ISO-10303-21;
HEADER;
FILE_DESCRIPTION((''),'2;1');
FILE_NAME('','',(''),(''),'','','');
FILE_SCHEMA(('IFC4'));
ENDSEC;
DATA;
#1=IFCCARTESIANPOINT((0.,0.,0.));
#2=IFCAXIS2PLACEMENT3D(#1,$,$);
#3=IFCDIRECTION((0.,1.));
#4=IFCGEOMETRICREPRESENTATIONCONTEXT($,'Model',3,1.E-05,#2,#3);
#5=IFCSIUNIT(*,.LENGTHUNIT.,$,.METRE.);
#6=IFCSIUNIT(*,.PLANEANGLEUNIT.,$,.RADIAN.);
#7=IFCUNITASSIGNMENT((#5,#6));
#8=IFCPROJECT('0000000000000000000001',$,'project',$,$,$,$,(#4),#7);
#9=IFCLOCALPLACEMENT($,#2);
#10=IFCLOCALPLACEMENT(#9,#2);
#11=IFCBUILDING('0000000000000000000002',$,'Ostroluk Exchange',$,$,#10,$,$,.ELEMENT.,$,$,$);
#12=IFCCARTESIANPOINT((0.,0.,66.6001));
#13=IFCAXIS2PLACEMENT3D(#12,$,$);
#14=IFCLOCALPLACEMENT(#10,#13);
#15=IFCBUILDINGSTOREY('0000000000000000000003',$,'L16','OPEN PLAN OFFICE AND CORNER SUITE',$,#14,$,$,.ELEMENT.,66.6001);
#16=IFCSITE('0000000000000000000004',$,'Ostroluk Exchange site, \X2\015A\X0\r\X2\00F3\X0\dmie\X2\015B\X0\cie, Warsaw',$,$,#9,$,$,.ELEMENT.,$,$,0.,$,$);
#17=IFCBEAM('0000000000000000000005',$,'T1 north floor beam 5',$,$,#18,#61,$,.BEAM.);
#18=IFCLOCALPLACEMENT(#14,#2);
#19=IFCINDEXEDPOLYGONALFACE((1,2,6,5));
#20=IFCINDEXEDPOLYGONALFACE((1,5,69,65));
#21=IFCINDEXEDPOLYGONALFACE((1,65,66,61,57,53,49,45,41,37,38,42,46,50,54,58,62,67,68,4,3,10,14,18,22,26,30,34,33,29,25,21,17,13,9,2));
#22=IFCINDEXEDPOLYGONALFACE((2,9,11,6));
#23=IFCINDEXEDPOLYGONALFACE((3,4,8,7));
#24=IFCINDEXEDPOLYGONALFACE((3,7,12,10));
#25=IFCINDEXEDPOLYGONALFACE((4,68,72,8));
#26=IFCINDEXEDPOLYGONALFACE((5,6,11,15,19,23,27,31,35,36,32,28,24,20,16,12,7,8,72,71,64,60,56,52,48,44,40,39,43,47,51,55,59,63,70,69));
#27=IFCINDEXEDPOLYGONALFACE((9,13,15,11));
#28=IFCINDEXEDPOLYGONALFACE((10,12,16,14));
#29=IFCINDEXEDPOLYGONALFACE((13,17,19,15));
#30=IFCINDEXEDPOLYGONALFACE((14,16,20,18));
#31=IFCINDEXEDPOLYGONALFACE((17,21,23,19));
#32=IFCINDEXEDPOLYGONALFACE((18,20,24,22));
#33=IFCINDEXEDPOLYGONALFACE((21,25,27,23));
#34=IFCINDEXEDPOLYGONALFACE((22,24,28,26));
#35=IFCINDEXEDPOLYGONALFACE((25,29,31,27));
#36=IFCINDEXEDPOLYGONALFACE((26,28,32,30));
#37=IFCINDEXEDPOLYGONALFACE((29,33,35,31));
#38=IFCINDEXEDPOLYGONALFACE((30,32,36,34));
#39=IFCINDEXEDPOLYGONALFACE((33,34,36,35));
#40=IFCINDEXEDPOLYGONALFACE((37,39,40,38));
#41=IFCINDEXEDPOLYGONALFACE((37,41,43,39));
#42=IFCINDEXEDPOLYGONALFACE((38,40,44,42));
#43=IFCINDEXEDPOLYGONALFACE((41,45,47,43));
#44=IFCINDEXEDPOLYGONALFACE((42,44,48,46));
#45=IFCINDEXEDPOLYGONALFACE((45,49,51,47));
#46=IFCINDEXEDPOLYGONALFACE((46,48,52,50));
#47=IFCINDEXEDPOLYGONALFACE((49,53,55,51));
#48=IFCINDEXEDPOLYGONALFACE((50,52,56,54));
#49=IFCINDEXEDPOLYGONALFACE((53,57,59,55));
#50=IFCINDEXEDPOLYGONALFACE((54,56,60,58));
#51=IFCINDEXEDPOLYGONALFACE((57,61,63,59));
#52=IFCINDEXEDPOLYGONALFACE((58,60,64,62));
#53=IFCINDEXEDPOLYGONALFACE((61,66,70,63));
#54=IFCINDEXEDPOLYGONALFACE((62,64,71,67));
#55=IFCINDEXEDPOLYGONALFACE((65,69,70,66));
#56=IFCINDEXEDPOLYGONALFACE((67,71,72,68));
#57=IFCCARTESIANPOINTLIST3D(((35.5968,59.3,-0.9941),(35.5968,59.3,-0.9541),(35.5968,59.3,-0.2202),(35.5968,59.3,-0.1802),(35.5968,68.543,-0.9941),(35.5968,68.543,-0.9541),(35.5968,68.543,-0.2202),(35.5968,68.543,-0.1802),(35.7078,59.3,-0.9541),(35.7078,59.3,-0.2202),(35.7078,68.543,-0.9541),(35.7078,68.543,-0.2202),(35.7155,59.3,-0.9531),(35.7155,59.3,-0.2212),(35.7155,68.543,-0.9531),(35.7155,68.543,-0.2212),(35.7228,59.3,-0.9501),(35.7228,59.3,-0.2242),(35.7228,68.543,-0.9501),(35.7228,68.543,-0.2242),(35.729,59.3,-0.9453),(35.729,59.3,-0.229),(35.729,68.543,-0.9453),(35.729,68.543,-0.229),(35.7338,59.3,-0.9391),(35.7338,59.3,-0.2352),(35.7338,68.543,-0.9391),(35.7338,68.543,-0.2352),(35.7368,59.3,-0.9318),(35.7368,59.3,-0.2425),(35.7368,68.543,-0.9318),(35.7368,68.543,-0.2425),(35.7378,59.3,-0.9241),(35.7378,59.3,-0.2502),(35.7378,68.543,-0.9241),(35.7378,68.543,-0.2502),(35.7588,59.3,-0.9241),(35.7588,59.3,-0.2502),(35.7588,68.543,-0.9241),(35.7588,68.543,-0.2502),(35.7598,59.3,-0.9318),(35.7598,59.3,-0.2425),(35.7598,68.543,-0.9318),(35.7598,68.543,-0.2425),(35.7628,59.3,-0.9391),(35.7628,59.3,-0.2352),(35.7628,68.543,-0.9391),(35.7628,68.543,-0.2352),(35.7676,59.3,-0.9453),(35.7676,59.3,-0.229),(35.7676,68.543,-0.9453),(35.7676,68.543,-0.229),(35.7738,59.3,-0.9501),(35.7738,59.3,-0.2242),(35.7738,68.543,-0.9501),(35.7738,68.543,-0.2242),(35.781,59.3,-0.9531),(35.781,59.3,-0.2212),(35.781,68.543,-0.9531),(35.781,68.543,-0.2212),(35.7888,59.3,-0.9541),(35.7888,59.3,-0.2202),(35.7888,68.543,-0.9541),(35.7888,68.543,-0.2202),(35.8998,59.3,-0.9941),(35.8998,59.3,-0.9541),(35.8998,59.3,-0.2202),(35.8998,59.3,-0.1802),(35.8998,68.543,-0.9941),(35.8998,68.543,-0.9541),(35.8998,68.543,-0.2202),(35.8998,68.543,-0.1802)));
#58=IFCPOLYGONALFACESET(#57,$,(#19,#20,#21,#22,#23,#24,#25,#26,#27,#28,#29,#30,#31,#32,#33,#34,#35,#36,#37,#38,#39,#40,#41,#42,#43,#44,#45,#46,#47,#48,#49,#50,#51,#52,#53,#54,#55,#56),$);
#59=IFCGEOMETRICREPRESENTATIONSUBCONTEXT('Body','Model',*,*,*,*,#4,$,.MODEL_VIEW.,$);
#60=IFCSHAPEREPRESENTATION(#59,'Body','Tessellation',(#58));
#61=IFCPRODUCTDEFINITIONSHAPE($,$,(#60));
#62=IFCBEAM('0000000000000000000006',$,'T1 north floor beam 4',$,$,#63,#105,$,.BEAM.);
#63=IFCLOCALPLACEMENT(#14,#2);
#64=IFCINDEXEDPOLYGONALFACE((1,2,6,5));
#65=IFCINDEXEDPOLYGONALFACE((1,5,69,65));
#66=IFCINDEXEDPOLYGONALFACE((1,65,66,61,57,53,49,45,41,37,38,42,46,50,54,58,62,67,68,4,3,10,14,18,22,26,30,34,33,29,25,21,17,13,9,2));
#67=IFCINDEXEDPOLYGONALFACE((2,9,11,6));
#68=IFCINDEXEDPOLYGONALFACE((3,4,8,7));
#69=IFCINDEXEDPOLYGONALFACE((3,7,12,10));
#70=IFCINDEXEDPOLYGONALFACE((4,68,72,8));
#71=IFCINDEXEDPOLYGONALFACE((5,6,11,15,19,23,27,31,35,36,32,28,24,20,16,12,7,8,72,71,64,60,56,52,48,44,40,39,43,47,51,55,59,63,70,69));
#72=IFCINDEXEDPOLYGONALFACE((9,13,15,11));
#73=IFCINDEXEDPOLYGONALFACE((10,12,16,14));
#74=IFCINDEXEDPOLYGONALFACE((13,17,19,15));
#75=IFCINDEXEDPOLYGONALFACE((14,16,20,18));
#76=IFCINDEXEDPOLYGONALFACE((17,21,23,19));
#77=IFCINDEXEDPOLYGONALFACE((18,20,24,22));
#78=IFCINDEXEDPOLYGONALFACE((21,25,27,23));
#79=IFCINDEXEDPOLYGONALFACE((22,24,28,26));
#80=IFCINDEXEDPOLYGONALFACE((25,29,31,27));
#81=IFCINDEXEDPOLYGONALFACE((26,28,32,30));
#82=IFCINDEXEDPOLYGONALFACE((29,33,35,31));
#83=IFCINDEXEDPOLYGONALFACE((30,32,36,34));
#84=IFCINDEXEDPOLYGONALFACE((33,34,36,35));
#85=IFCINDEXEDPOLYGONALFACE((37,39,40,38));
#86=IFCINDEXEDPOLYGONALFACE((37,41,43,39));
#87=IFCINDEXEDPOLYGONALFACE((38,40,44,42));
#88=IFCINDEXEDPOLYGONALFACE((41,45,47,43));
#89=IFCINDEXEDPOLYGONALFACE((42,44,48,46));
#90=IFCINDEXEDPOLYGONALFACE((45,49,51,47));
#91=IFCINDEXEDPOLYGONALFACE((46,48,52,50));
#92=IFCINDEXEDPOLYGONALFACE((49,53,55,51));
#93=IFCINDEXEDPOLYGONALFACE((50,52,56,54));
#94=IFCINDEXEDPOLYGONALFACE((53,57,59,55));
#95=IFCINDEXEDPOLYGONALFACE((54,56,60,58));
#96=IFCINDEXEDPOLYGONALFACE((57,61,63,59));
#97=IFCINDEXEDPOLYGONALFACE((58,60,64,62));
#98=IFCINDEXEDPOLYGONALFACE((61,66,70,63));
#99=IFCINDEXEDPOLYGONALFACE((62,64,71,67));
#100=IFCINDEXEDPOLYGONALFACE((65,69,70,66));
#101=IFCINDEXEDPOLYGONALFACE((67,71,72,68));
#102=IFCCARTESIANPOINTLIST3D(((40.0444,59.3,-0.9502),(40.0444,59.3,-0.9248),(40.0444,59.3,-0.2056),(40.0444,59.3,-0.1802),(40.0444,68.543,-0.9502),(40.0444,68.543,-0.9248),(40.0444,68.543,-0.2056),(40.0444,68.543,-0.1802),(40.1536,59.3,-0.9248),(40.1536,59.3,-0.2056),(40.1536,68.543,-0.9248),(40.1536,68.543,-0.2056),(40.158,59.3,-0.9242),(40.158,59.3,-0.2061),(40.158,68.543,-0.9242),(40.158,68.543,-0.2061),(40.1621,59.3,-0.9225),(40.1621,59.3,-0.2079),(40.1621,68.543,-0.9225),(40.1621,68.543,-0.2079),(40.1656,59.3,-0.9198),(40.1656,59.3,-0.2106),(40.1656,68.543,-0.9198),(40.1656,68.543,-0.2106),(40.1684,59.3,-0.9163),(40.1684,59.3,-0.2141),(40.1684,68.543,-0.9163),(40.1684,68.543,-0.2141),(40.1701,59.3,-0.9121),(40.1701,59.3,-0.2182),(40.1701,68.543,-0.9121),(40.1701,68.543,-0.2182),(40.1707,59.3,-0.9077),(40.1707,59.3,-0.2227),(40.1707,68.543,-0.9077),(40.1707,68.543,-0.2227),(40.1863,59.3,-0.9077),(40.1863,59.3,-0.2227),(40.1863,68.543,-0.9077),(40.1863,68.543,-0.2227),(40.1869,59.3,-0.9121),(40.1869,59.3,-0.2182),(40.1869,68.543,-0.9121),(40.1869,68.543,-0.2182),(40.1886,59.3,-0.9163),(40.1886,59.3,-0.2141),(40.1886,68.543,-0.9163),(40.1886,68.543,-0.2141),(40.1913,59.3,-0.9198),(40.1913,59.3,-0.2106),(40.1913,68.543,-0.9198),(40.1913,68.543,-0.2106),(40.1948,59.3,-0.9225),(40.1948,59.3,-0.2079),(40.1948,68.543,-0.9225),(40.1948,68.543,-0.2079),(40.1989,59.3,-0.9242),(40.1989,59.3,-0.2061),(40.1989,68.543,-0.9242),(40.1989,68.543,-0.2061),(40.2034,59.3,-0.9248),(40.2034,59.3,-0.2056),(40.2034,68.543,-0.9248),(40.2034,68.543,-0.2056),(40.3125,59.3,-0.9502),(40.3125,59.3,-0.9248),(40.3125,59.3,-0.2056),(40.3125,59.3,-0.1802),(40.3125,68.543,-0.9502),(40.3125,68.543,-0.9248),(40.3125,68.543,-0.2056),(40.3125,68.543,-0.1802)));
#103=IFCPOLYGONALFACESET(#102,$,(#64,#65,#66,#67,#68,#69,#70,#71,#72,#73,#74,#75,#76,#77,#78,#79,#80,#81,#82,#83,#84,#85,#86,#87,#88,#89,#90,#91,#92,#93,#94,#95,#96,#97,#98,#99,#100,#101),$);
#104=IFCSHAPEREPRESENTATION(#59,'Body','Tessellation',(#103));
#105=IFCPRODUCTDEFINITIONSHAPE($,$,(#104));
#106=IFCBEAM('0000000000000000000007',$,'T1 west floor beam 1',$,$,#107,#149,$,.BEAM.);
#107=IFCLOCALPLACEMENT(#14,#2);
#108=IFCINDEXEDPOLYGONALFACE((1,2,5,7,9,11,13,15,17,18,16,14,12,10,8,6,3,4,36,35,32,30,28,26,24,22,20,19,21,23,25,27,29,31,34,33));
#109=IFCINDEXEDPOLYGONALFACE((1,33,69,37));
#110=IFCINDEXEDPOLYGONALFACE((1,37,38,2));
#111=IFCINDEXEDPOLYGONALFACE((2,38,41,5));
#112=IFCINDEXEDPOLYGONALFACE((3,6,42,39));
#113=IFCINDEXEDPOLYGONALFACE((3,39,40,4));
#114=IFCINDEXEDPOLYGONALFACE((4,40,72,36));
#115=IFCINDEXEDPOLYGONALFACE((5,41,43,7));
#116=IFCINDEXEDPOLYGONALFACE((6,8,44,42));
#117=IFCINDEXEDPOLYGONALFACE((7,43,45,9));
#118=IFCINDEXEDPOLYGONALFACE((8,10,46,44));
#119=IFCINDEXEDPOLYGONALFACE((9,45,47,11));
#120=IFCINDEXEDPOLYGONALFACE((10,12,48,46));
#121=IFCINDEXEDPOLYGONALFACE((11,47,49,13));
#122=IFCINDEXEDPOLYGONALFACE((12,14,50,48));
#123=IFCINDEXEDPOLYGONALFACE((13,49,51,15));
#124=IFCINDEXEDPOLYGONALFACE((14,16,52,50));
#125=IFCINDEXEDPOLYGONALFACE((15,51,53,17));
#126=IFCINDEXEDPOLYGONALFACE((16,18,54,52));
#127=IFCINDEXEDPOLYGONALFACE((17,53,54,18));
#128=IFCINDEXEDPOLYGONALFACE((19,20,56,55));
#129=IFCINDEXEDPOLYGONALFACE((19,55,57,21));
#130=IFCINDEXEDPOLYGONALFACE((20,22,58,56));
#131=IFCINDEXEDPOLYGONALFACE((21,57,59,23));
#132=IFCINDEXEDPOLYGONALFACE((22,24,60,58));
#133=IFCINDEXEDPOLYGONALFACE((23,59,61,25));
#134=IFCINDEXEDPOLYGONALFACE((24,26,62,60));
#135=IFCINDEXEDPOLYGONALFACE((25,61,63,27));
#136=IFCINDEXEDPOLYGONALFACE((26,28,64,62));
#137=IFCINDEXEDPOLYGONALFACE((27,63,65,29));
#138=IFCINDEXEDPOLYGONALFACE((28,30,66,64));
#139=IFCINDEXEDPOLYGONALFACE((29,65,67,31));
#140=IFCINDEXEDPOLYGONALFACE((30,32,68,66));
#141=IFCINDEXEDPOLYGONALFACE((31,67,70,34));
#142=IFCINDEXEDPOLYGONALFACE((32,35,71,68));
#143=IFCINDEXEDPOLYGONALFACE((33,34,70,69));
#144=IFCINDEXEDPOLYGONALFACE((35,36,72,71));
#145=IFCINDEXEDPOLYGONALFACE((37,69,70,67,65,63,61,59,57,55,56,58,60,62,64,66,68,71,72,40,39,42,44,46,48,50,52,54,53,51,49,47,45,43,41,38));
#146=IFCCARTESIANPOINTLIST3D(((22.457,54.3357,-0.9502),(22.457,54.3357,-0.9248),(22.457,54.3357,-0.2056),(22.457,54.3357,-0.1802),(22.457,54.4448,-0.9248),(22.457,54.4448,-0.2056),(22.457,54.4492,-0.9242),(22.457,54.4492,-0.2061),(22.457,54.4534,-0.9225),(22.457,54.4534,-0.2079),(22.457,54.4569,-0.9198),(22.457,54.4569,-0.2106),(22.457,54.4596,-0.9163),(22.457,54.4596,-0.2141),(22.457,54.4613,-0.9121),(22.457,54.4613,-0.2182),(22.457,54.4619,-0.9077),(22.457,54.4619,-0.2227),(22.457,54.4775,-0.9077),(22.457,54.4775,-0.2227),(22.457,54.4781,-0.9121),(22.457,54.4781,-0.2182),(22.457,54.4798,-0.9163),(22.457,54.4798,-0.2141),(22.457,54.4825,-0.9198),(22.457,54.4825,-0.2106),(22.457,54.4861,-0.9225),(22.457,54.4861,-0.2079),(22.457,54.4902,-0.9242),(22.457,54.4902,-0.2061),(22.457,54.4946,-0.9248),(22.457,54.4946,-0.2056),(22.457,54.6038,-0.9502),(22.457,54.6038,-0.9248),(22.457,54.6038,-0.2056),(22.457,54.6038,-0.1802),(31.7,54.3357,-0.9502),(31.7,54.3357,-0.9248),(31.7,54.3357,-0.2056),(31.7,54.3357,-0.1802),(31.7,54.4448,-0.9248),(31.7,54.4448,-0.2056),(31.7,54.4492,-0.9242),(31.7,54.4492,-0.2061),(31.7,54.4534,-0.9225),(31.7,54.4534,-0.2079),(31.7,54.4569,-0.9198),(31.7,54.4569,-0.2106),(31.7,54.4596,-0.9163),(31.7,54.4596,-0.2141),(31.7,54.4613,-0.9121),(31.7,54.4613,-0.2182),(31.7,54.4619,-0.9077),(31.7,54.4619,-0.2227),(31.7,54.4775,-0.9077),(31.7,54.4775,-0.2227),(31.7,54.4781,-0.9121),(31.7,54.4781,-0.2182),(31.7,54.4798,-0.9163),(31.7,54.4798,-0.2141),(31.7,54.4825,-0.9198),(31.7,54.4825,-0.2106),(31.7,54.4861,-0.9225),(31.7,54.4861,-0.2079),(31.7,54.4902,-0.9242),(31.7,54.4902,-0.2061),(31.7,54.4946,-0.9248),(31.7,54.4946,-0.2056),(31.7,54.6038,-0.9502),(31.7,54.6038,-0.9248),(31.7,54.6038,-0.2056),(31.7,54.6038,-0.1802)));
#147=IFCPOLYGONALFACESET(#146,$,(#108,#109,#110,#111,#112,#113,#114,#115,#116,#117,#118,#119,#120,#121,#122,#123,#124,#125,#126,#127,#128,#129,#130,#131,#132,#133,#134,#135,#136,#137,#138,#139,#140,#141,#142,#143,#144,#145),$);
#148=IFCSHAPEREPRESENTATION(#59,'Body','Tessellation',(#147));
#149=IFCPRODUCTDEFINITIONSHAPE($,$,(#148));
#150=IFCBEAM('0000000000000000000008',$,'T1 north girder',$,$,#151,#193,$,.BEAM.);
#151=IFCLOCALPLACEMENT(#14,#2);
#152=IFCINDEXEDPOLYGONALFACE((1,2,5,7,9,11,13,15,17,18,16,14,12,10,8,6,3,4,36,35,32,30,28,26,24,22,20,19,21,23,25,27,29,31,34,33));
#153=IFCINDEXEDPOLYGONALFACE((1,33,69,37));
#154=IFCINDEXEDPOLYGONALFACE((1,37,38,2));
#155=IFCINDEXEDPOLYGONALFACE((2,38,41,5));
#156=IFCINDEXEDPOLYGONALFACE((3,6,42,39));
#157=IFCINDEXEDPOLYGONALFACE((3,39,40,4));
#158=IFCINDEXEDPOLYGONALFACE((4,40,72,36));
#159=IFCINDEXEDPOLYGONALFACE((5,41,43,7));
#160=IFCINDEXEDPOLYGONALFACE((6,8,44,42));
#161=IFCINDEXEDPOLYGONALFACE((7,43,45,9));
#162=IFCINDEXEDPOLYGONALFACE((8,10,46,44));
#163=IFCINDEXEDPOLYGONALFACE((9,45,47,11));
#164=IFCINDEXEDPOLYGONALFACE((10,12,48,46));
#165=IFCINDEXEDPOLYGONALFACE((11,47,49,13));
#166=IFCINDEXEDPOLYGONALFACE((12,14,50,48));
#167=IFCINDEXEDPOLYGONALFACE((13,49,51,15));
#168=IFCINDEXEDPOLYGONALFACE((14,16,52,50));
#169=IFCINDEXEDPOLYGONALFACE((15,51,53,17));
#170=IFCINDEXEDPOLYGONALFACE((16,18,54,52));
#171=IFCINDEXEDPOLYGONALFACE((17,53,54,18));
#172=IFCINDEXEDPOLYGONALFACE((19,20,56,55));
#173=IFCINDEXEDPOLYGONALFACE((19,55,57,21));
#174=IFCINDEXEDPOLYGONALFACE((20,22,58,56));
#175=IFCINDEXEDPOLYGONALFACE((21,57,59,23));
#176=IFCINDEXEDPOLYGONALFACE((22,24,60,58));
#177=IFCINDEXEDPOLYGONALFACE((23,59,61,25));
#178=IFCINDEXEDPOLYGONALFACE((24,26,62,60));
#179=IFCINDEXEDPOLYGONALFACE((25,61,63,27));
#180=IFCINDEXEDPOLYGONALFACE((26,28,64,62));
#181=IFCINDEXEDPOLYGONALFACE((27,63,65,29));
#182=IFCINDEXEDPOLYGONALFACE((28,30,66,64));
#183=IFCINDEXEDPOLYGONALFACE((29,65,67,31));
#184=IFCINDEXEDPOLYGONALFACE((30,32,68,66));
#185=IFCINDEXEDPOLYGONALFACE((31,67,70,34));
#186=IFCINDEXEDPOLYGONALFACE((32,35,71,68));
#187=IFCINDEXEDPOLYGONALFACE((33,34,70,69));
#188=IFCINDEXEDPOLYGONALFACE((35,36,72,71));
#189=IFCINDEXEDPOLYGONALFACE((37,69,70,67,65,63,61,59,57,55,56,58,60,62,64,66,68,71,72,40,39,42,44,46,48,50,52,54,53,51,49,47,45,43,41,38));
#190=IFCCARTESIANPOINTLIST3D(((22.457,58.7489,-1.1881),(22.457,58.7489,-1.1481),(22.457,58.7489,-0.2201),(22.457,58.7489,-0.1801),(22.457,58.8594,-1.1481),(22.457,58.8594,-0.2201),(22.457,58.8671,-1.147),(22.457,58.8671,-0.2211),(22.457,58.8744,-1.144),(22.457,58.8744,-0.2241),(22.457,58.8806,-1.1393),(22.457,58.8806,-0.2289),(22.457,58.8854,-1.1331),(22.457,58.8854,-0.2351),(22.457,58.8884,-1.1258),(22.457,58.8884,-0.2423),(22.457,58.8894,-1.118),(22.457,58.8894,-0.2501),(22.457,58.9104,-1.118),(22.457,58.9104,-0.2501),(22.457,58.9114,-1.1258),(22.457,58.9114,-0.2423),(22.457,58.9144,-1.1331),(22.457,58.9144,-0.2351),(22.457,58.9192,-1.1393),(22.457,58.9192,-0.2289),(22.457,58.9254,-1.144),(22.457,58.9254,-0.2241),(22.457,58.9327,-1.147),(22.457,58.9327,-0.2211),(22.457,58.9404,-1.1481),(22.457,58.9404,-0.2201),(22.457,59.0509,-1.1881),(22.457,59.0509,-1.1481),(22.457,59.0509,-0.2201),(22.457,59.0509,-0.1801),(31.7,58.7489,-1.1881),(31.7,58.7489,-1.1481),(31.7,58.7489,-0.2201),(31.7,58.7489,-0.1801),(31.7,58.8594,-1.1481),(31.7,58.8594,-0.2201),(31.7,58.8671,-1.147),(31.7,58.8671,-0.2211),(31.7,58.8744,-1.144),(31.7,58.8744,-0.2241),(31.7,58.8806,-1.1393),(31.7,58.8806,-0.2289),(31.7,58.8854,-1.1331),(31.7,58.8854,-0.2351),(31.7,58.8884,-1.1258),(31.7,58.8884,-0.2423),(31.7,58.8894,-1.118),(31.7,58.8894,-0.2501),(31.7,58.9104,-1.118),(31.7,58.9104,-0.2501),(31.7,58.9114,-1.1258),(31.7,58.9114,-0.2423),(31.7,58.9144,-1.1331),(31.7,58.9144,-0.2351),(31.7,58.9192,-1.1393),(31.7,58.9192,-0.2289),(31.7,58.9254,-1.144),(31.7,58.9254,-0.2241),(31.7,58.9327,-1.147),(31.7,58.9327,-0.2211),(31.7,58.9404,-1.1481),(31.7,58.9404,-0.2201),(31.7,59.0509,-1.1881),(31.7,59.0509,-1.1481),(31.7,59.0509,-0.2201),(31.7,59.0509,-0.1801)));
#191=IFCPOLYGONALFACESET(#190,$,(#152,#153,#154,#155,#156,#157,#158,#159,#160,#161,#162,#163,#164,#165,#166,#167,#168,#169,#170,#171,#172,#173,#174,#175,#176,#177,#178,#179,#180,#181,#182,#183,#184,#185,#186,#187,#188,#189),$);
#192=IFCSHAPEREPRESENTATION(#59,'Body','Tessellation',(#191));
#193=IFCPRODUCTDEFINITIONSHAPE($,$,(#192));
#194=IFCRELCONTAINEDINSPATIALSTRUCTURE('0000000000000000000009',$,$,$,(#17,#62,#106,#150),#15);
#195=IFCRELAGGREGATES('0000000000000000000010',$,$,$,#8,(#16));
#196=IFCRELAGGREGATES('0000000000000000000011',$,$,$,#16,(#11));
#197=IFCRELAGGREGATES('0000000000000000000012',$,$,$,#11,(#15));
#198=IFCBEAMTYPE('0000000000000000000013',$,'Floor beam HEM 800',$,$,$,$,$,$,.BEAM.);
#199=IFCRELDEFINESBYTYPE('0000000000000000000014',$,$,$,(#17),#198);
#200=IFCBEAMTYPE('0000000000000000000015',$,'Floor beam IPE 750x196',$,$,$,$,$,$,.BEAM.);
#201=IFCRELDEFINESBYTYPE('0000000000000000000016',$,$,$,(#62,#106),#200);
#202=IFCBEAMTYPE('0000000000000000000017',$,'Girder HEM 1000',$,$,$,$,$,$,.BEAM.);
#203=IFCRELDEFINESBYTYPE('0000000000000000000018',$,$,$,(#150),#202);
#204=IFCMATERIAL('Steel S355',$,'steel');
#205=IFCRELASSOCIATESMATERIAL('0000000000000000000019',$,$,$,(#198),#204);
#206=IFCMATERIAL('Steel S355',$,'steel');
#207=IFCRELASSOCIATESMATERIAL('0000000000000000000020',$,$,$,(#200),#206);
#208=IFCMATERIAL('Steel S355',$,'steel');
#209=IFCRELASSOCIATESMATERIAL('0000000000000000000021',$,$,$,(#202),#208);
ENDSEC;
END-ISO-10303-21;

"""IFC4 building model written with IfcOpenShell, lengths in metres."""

from ifc_helpers import new_model, si_unit, direction, frame, origin, origin_2d, place, context, subcontext, project, spatial, i_section, extrude, material, material_profile, profile_set, type_object, element, save


model = new_model("IFC4")

# Units and contexts
model_context = context("Model", 3, precision=1e-05, world=origin(), true_north=direction((0.0, 1.0)))
body_context = subcontext(model_context, "Body", "Model", "MODEL_VIEW")
ifc_project = project(units=[si_unit("LENGTHUNIT", "METRE"), si_unit("PLANEANGLEUNIT", "RADIAN")], contexts=[model_context])

# Site, building, storey
site_placement = place(None, origin())
site = spatial("IfcSite", under=ifc_project, at=site_placement, Name="Ostroluk Exchange site, Śródmieście, Warsaw", CompositionType="ELEMENT", RefElevation=0.0)
building_placement = place(site_placement, origin())
building = spatial("IfcBuilding", under=site, at=building_placement, Name="Ostroluk Exchange", CompositionType="ELEMENT")
storey_placement = place(building_placement, frame((0.0, 0.0, 66.6001)))
storey = spatial("IfcBuildingStorey", under=building, at=storey_placement, Name="L16", Description="OPEN PLAN OFFICE AND CORNER SUITE", CompositionType="ELEMENT", Elevation=66.6001)

# Beams
ifc_material_1 = material(Name="Steel S355", Category="steel")
ifc_material_profile_1 = material_profile(ifc_material_1, i_section(OverallWidth=0.303, OverallDepth=0.814, WebThickness=0.021, FlangeThickness=0.04, FilletRadius=0.03, at=origin_2d()), Name="HEM 800")
ifc_profile_set_1 = profile_set([ifc_material_profile_1], Name="Steel S355")
beam_type_1 = type_object("IfcBeamType", Name="Floor beam HEM 800", PredefinedType="BEAM", material=ifc_profile_set_1)
beam_1_placement = place(storey_placement, frame((35.7483, 59.3, -0.5872), z_axis=(0.0, 1.0, 0.0), x_axis=(-1.0, 0.0, 0.0)))
element("IfcBeam", 1, at=beam_1_placement, inside=storey, type_object=beam_type_1, Name="T1 north floor beam 5", PredefinedType="BEAM", context=body_context, shape_type="SweptSolid", body=[
    extrude(i_section(OverallWidth=0.303, OverallDepth=0.814, WebThickness=0.021, FlangeThickness=0.04, FilletRadius=0.03, at=origin_2d()), origin(), (0.0, 0.0, 1.0), 9.2429),
])
ifc_material_2 = material(Name="Steel S355", Category="steel")
ifc_material_profile_2 = material_profile(ifc_material_2, i_section(OverallWidth=0.2681, OverallDepth=0.77, WebThickness=0.0156, FlangeThickness=0.0254, FilletRadius=0.0171, at=origin_2d()), Name="IPE 750x196")
ifc_profile_set_2 = profile_set([ifc_material_profile_2], Name="Steel S355")
beam_type_2 = type_object("IfcBeamType", Name="Floor beam IPE 750x196", PredefinedType="BEAM", material=ifc_profile_set_2)
for number, where, z_axis, x_axis, name in (
    (2, (40.1785, 59.3, -0.5652), (0.0, 1.0, 0.0), (-1.0, 0.0, 0.0), "T1 north floor beam 4"),
    (3, (31.7, 54.4697, -0.5652), (-1.0, 0.0, 0.0), (0.0, -1.0, 0.0), "T1 west floor beam 1"),
):
    element("IfcBeam", number, at=place(storey_placement, frame(where, z_axis=z_axis, x_axis=x_axis)), inside=storey, type_object=beam_type_2, Name=name, PredefinedType="BEAM", context=body_context, shape_type="SweptSolid", body=[
        extrude(i_section(OverallWidth=0.2681, OverallDepth=0.77, WebThickness=0.0156, FlangeThickness=0.0254, FilletRadius=0.0171, at=origin_2d()), origin(), (0.0, 0.0, 1.0), 9.2429),
    ])
ifc_material_3 = material(Name="Steel S355", Category="steel")
ifc_material_profile_3 = material_profile(ifc_material_3, i_section(OverallWidth=0.302, OverallDepth=1.0081, WebThickness=0.021, FlangeThickness=0.04, FilletRadius=0.03, at=origin_2d()), Name="HEM 1000")
ifc_profile_set_3 = profile_set([ifc_material_profile_3], Name="Steel S355")
beam_type_3 = type_object("IfcBeamType", Name="Girder HEM 1000", PredefinedType="BEAM", material=ifc_profile_set_3)
beam_2_placement = place(storey_placement, frame((31.7, 58.8999, -0.6841), z_axis=(-1.0, 0.0, 0.0), x_axis=(0.0, -1.0, 0.0)))
element("IfcBeam", 4, at=beam_2_placement, inside=storey, type_object=beam_type_3, Name="T1 north girder", PredefinedType="BEAM", context=body_context, shape_type="SweptSolid", body=[
    extrude(i_section(OverallWidth=0.302, OverallDepth=1.0081, WebThickness=0.021, FlangeThickness=0.04, FilletRadius=0.03, at=origin_2d()), origin(), (0.0, 0.0, 1.0), 9.2429),
])

save(model, "model.ifc")
